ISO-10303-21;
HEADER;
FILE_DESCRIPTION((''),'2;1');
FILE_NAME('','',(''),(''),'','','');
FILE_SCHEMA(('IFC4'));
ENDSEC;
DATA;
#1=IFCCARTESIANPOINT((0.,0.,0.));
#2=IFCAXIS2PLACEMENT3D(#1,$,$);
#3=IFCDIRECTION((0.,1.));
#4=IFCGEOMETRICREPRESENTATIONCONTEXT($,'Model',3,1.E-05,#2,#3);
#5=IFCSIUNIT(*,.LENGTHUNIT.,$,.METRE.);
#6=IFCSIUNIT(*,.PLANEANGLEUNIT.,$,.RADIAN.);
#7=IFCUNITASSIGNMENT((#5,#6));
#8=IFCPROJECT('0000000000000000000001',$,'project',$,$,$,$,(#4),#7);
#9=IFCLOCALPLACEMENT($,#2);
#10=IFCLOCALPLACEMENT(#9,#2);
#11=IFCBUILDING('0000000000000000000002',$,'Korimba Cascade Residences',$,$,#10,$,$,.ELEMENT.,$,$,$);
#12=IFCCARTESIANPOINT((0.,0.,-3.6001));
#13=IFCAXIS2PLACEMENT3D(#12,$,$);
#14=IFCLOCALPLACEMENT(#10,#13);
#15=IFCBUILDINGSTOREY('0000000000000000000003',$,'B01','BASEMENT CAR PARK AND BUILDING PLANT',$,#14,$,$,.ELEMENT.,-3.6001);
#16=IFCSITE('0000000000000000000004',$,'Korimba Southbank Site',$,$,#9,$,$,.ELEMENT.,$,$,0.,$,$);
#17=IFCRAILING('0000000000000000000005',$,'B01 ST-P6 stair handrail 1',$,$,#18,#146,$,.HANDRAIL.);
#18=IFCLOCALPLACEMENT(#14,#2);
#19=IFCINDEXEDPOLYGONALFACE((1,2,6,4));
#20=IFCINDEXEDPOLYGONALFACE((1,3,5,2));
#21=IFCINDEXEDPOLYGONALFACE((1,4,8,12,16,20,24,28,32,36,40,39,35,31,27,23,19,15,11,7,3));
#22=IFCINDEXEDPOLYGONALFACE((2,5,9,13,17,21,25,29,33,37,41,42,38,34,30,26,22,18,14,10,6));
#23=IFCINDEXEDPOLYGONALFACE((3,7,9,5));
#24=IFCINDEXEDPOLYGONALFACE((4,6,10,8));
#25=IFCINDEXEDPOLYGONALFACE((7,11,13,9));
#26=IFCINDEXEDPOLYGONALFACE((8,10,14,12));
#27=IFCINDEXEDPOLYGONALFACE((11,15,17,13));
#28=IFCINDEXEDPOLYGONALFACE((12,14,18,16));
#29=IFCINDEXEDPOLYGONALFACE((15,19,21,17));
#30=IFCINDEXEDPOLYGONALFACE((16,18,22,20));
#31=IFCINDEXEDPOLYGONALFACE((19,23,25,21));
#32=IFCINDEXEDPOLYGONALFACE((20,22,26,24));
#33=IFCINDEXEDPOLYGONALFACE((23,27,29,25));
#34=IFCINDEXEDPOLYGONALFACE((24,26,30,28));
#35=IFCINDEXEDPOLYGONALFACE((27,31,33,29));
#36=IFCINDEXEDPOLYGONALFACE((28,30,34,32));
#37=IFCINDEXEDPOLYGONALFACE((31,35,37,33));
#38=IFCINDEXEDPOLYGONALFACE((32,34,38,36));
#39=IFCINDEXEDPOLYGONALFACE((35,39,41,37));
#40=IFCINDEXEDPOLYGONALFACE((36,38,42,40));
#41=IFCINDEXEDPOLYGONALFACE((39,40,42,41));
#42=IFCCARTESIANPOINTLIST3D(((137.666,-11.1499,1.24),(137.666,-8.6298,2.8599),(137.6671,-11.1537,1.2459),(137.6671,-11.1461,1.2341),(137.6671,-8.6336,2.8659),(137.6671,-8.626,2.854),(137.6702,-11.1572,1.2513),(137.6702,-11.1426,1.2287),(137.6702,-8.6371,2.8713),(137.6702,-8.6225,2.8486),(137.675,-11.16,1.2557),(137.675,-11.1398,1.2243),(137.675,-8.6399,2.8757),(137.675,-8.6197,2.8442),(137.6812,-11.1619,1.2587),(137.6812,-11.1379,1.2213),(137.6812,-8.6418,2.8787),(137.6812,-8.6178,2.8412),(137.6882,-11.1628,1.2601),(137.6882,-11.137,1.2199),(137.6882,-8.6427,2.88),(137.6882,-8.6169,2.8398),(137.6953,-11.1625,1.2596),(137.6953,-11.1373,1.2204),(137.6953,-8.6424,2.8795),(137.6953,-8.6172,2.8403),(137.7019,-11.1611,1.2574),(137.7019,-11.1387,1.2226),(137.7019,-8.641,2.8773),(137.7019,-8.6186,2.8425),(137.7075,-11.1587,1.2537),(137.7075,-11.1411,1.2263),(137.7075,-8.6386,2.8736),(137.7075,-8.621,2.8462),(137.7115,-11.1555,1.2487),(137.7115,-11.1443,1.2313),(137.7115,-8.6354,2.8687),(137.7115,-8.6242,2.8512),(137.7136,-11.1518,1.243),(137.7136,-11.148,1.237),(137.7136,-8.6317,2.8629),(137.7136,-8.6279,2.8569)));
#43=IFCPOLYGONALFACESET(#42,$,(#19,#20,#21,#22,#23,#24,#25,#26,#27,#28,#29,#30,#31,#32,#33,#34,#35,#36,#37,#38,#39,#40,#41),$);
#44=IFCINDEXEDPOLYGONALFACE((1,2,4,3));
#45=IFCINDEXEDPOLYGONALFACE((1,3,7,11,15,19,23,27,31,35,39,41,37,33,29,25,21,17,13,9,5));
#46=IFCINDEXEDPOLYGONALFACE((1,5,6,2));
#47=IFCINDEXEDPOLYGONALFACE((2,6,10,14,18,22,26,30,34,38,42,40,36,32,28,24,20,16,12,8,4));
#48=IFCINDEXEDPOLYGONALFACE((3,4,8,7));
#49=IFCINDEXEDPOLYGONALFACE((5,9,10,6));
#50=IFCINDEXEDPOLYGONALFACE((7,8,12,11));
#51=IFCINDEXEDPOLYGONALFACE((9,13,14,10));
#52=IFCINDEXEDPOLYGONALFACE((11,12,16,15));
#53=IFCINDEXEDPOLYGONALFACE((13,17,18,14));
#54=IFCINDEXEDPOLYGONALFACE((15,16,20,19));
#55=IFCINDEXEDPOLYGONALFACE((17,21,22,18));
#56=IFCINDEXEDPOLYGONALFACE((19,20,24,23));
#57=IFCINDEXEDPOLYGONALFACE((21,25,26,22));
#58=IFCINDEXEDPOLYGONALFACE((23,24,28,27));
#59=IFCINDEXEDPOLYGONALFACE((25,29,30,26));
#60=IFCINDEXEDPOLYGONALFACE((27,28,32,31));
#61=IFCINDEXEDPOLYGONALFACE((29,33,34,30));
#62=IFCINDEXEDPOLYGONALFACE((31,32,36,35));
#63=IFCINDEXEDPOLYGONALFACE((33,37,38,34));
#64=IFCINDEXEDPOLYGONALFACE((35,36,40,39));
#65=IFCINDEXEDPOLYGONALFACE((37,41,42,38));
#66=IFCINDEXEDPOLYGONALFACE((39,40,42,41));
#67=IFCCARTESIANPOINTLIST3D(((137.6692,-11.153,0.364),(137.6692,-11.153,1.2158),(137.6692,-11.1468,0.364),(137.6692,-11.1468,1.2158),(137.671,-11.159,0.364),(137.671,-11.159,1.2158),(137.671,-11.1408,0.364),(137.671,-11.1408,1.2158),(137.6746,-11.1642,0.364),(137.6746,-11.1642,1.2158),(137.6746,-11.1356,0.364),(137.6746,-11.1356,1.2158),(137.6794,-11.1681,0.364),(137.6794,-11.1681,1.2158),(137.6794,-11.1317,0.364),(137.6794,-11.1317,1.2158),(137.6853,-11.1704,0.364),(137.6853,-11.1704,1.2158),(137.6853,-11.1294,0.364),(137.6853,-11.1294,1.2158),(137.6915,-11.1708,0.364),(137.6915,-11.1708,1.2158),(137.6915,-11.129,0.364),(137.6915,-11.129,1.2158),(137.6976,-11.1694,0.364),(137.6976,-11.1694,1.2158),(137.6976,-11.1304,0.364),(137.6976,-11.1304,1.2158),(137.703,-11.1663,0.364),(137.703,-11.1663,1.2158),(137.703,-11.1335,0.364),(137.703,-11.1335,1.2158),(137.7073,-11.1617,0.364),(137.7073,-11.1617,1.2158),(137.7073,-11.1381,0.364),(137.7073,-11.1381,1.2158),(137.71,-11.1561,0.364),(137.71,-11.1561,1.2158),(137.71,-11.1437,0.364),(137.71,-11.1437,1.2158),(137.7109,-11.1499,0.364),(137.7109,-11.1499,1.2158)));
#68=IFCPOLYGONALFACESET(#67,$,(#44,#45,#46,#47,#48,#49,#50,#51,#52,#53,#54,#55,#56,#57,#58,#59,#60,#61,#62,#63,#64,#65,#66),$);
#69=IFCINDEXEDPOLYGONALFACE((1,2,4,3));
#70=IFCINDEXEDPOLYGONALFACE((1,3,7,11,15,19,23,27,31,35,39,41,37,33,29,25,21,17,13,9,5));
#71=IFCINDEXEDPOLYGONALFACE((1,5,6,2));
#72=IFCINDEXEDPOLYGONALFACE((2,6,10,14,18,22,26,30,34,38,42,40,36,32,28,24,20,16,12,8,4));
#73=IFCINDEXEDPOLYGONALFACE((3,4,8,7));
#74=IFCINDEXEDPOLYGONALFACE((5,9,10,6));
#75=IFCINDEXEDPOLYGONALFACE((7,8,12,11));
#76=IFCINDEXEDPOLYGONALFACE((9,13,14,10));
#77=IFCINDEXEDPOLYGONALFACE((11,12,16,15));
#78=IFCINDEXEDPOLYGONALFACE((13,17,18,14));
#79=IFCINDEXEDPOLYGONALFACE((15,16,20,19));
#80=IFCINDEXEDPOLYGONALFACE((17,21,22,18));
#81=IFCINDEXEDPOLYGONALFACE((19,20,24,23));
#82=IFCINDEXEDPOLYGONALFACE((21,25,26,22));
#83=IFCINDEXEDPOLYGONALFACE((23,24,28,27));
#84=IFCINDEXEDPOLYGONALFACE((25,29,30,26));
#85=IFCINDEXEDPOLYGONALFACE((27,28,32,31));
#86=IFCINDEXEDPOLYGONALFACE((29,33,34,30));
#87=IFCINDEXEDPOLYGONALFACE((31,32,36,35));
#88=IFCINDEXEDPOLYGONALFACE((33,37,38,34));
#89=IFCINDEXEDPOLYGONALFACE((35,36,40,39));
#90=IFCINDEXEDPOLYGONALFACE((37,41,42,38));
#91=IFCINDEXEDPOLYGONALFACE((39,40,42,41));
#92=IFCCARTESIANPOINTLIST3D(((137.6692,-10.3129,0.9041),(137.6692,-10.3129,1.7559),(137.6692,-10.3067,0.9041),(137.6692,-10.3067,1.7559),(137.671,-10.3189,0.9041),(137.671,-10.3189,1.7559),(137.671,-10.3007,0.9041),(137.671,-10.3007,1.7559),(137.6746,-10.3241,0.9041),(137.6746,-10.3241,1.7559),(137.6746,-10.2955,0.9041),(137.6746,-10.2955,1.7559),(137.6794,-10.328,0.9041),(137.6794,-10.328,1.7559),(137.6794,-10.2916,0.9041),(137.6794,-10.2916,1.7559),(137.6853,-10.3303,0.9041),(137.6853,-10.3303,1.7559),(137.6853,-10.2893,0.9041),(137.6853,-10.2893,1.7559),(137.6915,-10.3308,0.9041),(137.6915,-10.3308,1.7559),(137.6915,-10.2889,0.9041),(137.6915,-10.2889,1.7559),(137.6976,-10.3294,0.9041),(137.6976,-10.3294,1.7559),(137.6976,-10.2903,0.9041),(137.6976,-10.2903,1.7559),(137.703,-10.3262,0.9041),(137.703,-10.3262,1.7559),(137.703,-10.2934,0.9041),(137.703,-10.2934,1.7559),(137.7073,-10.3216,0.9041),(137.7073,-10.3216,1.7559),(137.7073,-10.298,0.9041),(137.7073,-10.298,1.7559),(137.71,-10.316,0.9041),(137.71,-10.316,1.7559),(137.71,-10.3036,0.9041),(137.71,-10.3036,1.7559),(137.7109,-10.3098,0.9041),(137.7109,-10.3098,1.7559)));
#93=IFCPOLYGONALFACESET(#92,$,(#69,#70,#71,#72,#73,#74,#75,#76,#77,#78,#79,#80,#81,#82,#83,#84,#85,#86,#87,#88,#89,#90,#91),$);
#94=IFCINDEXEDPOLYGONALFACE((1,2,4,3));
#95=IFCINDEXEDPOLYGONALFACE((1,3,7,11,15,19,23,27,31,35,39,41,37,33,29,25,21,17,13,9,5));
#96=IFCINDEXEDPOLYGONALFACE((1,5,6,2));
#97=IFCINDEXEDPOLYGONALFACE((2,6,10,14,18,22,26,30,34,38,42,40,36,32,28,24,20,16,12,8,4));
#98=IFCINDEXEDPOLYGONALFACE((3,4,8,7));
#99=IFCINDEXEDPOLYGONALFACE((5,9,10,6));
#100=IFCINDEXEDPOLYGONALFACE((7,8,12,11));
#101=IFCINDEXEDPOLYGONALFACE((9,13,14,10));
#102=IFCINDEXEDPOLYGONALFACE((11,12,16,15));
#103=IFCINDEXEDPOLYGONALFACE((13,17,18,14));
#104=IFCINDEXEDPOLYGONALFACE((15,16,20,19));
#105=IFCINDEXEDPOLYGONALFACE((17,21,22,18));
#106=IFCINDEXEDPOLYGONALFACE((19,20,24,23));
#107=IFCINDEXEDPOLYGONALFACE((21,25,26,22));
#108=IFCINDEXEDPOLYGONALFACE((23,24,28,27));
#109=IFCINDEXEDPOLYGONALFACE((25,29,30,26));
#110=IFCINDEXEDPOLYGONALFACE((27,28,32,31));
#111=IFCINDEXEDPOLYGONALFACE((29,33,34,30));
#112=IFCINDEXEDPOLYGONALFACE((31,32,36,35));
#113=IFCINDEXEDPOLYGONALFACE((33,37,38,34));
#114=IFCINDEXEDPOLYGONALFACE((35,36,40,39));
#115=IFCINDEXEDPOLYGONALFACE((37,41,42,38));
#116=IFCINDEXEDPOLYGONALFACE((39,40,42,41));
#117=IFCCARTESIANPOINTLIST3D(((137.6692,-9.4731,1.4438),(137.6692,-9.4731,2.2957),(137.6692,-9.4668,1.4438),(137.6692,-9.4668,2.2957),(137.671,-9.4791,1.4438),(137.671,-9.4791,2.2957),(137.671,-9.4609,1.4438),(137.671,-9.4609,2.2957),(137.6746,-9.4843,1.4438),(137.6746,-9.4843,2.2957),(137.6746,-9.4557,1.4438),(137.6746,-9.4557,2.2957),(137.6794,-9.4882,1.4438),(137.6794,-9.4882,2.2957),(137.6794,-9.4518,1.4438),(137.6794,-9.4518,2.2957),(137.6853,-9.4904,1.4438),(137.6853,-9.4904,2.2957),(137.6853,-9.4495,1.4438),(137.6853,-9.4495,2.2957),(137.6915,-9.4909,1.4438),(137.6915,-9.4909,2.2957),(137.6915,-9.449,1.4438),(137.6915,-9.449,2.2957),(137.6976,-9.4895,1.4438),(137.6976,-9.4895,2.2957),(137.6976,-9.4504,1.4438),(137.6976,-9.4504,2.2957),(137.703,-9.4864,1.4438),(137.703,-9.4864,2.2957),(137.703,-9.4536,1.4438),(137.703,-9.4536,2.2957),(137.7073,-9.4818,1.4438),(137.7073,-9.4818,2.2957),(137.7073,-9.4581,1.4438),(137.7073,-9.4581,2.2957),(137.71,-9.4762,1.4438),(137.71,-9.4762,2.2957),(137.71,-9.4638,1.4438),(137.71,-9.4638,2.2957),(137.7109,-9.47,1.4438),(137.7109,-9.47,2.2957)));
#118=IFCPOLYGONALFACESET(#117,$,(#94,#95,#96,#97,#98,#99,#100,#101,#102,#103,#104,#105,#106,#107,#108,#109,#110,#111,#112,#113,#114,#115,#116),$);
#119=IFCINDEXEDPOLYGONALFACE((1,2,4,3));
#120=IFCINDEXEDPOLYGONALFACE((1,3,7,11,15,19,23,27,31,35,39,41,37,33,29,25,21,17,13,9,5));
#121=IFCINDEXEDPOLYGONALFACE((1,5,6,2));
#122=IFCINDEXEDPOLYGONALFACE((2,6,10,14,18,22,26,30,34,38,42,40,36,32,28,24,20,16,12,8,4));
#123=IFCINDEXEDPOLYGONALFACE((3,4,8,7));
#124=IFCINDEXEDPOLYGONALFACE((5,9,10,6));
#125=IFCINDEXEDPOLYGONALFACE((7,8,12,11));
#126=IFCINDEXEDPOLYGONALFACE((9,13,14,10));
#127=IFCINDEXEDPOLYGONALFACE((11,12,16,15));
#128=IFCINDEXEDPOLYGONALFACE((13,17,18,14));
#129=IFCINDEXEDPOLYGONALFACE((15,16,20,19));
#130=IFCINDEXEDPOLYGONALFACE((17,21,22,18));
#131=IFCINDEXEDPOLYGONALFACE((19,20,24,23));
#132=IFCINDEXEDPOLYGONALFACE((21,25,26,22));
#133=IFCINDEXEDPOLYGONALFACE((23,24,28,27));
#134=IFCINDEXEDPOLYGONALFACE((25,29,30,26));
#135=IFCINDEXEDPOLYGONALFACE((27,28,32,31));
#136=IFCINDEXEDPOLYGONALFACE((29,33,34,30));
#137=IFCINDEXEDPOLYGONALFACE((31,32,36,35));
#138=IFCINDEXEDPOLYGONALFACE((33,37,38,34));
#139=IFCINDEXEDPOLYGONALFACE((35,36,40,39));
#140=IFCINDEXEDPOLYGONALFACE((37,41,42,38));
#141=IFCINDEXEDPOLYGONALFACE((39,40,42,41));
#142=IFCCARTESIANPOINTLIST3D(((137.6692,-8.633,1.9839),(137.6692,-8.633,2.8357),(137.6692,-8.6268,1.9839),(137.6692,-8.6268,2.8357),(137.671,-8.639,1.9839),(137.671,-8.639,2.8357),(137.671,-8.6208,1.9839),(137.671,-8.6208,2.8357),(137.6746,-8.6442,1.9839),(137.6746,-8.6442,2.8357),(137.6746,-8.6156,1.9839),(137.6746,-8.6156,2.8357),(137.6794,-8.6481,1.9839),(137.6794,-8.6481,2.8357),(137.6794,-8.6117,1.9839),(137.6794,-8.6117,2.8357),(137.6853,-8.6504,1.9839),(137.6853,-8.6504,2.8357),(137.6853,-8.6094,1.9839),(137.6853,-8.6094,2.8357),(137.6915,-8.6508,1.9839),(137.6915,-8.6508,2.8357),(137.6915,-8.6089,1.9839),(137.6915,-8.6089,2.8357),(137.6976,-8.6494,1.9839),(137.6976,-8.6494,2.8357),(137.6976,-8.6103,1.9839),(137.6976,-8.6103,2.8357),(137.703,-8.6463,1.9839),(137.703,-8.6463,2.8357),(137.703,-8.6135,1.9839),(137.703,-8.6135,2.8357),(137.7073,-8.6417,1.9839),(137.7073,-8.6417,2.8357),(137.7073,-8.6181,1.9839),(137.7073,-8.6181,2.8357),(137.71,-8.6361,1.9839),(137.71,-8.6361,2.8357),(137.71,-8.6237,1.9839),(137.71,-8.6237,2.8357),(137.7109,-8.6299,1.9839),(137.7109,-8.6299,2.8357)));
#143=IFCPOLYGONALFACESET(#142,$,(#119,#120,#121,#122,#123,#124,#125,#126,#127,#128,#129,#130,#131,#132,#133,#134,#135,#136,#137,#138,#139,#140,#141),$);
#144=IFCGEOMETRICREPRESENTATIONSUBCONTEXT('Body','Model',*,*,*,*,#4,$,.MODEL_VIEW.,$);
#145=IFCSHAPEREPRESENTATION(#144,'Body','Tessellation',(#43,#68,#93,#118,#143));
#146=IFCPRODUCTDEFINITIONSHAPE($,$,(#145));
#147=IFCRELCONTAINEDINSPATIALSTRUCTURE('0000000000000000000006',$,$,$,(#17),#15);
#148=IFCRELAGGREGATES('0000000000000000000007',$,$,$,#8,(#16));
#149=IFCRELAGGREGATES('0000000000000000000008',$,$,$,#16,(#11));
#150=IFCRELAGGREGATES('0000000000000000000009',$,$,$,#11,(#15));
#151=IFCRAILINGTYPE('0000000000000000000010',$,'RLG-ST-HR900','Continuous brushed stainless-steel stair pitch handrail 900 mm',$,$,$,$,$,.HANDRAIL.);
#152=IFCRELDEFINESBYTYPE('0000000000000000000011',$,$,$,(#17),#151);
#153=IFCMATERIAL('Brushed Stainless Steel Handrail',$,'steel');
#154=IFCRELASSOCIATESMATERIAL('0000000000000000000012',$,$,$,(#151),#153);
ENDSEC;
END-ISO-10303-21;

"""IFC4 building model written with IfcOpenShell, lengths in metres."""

from ifc_helpers import new_model, si_unit, direction, frame, origin, origin_2d, place, context, subcontext, project, spatial, circle, extrude, material, type_object, element, save


model = new_model("IFC4")

# Units and contexts
model_context = context("Model", 3, precision=1e-05, world=origin(), true_north=direction((0.0, 1.0)))
body_context = subcontext(model_context, "Body", "Model", "MODEL_VIEW")
ifc_project = project(units=[si_unit("LENGTHUNIT", "METRE"), si_unit("PLANEANGLEUNIT", "RADIAN")], contexts=[model_context])

# Site, building, storey
site_placement = place(None, origin())
site = spatial("IfcSite", under=ifc_project, at=site_placement, Name="Korimba Southbank Site", CompositionType="ELEMENT", RefElevation=0.0)
building_placement = place(site_placement, origin())
building = spatial("IfcBuilding", under=site, at=building_placement, Name="Korimba Cascade Residences", CompositionType="ELEMENT")
storey_placement = place(building_placement, frame((0.0, 0.0, -3.6001)))
storey = spatial("IfcBuildingStorey", under=building, at=storey_placement, Name="B01", Description="BASEMENT CAR PARK AND BUILDING PLANT", CompositionType="ELEMENT", Elevation=-3.6001)

# Railing
ifc_material_1 = material(Name="Brushed Stainless Steel Handrail", Category="steel")
railing_type_1 = type_object("IfcRailingType", Name="RLG-ST-HR900", Description="Continuous brushed stainless-steel stair pitch handrail 900 mm", PredefinedType="HANDRAIL", material=ifc_material_1)
railing_1_placement = place(storey_placement, frame((137.6899, -11.1499, 0.364)))
element("IfcRailing", 1, at=railing_1_placement, inside=storey, type_object=railing_type_1, Name="B01 ST-P6 stair handrail 1", PredefinedType="HANDRAIL", context=body_context, shape_type="SweptSolid", body=[
    extrude(circle(Radius=0.0239, at=origin_2d()), frame((0.0, 0.0, 0.876), z_axis=(0.0, 0.8412, 0.540725), x_axis=(-1.0, 0.0, 0.0)), (0.0, 0.0, 1.0), 2.9958),
    extrude(circle(Radius=0.021, at=origin_2d()), origin(), (0.0, 0.0, 1.0), 0.8518),
    extrude(circle(Radius=0.021, at=origin_2d()), frame((0.0, 0.8401, 0.54)), (0.0, 0.0, 1.0), 0.8518),
    extrude(circle(Radius=0.021, at=origin_2d()), frame((0.0, 1.6799, 1.0798)), (0.0, 0.0, 1.0), 0.8518),
    extrude(circle(Radius=0.021, at=origin_2d()), frame((0.0, 2.52, 1.6199)), (0.0, 0.0, 1.0), 0.8518),
])

save(model, "model.ifc")
